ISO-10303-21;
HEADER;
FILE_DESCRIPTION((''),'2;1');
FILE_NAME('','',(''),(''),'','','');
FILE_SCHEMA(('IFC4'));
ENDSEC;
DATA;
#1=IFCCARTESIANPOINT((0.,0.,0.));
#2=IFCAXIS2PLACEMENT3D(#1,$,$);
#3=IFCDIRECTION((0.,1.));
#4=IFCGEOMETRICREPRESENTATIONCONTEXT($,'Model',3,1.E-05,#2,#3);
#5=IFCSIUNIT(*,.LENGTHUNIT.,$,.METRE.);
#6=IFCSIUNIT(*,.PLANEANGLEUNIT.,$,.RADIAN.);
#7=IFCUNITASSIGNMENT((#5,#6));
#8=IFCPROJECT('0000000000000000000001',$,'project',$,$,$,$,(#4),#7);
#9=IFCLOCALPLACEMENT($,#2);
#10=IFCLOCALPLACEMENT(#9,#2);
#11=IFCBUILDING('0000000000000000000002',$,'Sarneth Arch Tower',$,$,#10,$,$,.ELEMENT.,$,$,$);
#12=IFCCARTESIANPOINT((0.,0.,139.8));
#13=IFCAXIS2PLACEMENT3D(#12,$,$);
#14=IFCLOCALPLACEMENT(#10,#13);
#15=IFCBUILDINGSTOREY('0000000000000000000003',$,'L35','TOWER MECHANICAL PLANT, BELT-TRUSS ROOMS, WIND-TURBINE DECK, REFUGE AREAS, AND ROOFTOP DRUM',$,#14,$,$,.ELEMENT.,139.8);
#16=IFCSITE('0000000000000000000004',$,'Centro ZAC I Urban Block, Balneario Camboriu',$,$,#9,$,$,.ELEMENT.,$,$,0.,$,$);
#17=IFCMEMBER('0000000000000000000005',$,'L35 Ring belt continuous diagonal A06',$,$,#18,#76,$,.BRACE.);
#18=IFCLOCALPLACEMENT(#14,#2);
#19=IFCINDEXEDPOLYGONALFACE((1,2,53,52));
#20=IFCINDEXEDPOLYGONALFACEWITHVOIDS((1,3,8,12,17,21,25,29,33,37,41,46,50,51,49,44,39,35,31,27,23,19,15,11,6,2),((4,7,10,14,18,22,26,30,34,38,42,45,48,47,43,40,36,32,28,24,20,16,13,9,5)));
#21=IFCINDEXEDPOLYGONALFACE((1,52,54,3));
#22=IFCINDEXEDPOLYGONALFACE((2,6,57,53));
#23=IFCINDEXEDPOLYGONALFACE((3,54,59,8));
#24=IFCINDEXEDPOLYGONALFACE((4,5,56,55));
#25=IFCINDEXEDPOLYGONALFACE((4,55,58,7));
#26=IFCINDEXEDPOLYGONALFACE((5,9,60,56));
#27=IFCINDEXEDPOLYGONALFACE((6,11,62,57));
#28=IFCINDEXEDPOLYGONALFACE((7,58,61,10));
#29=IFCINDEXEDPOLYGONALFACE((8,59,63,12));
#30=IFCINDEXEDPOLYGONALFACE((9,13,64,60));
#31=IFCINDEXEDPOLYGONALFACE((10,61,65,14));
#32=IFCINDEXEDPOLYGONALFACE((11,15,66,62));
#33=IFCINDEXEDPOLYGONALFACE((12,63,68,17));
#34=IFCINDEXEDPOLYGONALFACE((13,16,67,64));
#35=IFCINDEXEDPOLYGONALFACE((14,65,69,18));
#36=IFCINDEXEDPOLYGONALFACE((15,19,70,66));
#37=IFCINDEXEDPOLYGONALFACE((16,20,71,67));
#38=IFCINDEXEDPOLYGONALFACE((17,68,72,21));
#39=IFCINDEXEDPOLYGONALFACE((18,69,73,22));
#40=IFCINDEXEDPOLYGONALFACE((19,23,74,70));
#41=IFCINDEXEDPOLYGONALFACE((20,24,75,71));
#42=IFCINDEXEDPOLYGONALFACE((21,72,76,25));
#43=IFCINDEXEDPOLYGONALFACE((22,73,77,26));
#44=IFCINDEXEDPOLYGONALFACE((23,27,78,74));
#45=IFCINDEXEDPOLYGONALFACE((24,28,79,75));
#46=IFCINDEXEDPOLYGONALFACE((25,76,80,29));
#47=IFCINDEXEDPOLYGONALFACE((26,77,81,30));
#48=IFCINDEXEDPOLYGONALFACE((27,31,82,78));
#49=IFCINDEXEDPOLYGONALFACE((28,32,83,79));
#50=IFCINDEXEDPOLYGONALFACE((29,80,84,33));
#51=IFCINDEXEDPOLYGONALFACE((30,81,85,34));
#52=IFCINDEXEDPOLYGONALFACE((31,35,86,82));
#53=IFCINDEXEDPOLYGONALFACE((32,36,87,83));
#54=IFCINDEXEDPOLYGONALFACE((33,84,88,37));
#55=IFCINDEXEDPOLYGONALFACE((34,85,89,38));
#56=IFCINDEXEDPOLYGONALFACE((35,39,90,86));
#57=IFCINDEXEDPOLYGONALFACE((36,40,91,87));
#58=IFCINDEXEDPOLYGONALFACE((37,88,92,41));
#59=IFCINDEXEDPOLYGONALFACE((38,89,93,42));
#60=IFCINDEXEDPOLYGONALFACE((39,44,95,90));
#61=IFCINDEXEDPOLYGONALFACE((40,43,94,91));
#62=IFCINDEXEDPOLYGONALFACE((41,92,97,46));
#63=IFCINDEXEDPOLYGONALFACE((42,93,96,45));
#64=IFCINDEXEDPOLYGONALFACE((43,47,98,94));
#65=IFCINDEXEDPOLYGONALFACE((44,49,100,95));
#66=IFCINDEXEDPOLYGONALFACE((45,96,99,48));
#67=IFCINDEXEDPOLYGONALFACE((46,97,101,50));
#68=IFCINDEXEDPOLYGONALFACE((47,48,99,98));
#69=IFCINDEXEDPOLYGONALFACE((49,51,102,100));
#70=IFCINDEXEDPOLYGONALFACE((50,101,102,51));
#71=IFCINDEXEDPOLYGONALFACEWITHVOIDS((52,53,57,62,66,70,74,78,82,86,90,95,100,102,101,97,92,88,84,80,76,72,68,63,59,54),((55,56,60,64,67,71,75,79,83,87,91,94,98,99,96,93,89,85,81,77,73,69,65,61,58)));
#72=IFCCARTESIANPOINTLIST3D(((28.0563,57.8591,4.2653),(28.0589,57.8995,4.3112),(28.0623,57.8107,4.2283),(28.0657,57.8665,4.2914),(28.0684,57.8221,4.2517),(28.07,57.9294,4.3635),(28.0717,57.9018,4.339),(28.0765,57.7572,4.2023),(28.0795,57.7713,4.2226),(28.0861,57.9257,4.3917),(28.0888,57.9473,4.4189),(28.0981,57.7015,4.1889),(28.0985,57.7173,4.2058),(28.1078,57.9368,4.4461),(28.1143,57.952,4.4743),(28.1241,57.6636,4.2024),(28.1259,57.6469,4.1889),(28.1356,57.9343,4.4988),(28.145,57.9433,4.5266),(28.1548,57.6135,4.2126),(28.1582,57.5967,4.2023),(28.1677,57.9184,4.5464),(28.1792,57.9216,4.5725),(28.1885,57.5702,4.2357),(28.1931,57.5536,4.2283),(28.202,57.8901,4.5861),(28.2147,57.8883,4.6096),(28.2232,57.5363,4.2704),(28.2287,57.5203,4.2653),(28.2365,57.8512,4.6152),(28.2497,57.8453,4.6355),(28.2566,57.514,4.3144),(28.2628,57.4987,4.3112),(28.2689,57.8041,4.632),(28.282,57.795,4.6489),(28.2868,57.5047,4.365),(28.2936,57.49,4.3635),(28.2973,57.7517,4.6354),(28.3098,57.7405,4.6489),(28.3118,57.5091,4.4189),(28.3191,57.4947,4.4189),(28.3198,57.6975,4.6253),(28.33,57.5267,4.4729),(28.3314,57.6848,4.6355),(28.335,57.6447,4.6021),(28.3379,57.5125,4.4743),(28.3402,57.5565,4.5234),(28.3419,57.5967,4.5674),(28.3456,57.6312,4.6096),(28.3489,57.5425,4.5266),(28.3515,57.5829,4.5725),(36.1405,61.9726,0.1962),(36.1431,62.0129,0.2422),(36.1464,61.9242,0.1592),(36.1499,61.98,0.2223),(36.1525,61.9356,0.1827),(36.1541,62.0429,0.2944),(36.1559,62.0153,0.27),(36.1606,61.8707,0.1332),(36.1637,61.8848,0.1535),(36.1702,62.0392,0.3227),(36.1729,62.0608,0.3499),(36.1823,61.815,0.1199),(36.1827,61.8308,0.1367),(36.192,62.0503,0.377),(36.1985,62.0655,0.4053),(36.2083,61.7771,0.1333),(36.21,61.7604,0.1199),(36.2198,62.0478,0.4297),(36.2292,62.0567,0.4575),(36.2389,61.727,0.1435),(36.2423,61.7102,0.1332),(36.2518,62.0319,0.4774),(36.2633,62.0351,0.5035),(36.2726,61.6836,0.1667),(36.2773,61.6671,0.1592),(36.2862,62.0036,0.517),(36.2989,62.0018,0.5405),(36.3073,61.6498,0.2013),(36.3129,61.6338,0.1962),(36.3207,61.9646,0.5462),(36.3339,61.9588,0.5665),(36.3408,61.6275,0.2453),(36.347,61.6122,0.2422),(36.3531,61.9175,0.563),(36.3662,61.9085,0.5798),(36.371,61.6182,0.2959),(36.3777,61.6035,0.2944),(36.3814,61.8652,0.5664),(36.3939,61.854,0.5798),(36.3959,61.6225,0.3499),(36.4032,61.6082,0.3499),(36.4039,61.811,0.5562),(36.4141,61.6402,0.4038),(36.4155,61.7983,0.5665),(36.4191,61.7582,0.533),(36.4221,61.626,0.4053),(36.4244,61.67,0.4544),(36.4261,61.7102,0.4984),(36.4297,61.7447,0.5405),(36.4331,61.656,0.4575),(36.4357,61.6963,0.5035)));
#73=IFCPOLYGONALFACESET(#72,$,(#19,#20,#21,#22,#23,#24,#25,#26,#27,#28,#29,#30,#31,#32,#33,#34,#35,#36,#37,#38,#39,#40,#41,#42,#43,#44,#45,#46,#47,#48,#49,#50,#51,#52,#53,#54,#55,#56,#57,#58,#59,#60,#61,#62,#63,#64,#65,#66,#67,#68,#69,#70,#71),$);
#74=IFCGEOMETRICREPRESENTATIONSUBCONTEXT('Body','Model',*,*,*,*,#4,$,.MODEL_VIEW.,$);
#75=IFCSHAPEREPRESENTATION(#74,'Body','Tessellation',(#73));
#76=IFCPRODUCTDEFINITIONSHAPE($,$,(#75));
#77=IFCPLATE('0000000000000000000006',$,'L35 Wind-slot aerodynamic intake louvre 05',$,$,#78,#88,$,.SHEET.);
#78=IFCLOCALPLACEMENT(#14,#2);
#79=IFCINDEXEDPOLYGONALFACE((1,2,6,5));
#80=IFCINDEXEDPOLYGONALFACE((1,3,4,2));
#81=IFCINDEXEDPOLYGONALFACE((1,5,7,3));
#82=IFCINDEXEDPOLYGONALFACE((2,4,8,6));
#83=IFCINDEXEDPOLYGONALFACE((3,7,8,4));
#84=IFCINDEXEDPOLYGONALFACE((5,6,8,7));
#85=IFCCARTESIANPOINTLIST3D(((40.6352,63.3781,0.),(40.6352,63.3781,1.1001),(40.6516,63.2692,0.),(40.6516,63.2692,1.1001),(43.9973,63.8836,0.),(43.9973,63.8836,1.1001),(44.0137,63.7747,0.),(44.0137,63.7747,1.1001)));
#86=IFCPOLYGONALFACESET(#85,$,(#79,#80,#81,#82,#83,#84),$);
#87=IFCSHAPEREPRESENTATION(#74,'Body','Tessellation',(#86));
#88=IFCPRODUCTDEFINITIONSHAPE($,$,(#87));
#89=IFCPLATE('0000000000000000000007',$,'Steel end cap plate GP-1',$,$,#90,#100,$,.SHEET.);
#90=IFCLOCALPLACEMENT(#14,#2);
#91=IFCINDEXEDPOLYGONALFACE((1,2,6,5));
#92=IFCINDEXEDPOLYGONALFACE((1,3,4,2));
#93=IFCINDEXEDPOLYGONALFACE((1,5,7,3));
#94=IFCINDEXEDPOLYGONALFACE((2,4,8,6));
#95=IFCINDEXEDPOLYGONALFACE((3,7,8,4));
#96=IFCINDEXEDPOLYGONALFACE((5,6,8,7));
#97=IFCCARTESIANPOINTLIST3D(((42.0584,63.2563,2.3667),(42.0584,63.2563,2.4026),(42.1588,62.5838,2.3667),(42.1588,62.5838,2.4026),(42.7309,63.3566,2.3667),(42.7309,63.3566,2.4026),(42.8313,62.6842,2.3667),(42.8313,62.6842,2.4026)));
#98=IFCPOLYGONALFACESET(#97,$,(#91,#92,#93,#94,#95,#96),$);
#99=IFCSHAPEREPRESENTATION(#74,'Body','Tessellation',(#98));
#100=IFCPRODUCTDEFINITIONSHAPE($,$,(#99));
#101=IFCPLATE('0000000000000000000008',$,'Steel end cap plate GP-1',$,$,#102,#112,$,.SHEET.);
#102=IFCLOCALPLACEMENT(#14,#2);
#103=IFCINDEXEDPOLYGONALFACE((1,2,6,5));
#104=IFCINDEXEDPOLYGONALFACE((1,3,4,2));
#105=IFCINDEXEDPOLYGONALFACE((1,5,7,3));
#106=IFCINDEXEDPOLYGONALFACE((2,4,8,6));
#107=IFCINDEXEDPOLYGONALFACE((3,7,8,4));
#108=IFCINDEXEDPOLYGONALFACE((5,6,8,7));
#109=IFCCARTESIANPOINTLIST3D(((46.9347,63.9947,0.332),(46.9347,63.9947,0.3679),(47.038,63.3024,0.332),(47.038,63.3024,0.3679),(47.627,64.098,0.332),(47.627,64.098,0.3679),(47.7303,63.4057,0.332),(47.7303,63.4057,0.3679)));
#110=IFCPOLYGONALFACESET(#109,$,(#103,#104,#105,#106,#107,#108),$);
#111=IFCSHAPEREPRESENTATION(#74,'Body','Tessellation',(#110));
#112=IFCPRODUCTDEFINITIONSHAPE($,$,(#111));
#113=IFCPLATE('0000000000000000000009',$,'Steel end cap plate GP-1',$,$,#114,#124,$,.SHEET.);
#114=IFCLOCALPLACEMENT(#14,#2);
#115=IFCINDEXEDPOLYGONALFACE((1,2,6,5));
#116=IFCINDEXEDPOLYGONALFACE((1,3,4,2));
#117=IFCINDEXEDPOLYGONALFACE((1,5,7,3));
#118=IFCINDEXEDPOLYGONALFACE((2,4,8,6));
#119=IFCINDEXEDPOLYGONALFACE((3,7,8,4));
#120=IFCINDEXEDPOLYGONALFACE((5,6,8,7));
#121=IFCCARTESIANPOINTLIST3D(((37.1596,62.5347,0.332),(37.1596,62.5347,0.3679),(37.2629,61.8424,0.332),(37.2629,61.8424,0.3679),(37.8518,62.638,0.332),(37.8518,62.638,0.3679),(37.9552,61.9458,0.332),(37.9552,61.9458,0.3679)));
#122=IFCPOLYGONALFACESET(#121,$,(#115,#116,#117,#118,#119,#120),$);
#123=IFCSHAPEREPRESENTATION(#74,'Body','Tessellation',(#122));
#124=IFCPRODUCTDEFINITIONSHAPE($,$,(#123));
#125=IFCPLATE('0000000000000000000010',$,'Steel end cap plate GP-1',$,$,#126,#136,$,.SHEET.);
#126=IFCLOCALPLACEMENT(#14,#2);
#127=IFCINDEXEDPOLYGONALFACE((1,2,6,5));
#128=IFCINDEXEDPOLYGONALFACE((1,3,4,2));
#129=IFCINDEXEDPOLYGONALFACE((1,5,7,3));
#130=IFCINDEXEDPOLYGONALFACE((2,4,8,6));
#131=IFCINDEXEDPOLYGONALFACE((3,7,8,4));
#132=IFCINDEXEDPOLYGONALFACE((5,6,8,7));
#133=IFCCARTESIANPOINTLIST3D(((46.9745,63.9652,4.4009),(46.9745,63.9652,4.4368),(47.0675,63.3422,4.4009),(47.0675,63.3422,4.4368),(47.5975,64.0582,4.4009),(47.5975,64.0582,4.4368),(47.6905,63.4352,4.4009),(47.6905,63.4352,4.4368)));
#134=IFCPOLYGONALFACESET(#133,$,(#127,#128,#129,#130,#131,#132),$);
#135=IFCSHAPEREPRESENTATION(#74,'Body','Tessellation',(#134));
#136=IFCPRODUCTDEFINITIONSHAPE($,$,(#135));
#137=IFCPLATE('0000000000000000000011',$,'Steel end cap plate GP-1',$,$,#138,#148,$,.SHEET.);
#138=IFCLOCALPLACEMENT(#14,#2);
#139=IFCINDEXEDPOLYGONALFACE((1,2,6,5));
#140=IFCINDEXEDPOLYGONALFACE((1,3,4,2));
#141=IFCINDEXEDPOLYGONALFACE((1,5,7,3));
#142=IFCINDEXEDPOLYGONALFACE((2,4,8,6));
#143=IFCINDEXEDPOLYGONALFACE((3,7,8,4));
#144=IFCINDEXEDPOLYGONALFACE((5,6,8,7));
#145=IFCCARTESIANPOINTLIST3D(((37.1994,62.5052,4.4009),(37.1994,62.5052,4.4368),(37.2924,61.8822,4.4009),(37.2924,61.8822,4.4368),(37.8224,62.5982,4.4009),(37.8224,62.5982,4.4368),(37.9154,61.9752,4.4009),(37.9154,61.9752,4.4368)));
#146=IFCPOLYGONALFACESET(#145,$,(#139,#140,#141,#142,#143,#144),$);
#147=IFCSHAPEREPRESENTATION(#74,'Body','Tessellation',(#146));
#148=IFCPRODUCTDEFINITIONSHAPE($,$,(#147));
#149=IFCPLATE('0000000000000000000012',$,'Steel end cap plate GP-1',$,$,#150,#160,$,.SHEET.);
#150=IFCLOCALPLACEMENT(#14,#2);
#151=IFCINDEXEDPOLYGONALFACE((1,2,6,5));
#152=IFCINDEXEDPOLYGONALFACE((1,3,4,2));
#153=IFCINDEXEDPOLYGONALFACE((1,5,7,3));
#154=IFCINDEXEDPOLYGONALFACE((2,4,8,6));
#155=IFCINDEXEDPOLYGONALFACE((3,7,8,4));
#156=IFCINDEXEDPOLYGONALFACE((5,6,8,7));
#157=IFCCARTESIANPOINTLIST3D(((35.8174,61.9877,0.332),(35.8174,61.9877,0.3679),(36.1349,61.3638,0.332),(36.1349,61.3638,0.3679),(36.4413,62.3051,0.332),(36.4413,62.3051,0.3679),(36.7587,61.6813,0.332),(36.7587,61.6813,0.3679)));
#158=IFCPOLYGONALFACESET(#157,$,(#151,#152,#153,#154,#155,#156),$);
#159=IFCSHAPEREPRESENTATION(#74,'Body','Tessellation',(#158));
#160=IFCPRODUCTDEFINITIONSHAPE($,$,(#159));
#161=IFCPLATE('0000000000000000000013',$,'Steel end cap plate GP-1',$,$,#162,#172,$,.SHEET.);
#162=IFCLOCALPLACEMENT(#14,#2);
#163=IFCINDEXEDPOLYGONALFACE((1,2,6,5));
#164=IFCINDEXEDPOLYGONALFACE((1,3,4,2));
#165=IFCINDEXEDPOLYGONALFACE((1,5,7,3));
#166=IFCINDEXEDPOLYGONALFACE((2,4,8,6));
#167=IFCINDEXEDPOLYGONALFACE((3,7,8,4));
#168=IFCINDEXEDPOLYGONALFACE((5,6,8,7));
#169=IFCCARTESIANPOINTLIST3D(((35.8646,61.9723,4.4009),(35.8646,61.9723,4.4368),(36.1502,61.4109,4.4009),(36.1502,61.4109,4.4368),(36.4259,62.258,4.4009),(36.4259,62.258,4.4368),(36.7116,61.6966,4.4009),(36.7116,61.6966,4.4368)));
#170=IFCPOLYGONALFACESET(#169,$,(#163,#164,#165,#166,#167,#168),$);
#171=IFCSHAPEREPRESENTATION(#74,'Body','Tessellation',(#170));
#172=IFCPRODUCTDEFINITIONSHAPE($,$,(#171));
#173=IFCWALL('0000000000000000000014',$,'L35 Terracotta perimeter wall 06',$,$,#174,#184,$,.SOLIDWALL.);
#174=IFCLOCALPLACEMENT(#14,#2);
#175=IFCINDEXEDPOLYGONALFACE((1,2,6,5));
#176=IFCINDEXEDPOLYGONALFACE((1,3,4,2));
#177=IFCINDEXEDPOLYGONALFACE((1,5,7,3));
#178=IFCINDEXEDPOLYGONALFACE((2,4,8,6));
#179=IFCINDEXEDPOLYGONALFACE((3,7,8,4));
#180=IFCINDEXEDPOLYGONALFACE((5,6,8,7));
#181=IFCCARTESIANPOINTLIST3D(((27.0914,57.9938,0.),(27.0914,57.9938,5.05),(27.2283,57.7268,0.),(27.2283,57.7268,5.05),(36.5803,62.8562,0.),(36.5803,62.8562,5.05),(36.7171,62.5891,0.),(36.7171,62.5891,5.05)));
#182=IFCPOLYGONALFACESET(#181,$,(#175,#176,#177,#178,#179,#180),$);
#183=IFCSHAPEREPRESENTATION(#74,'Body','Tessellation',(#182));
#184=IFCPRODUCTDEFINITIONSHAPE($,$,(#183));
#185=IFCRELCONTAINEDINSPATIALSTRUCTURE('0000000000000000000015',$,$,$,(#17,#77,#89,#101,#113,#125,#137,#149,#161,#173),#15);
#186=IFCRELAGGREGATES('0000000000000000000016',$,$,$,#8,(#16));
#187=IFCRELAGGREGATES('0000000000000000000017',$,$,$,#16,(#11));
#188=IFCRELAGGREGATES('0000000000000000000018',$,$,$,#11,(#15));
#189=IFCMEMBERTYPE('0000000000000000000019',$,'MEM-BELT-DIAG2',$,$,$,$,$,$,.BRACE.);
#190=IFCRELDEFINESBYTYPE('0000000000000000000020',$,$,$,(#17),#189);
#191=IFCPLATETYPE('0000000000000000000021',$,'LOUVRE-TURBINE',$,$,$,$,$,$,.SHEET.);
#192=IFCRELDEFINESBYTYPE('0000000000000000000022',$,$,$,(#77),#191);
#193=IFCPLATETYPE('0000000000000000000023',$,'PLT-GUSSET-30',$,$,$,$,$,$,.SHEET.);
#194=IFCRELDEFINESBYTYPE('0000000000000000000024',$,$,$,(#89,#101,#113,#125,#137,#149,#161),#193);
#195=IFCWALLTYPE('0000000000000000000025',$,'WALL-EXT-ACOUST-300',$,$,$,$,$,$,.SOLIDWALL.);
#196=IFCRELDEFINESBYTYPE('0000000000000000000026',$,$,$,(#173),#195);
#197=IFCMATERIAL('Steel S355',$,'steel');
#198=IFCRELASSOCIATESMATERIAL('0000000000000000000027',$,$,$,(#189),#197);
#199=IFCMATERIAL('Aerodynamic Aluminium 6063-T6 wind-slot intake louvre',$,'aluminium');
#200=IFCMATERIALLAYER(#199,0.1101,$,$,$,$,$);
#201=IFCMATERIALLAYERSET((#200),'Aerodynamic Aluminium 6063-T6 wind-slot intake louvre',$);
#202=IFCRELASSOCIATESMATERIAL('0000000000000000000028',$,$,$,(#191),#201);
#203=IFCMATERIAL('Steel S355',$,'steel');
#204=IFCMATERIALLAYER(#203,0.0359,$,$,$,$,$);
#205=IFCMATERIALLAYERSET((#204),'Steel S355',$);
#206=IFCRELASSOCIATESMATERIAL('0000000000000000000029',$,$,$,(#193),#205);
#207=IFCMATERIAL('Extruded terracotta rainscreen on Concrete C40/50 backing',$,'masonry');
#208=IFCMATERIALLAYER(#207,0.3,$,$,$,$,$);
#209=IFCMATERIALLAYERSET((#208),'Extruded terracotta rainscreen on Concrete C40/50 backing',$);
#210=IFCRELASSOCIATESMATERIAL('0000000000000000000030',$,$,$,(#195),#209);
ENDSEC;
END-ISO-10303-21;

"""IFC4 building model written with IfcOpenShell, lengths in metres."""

from ifc_helpers import new_model, si_unit, direction, frame, frame_2d, origin, origin_2d, place, context, subcontext, project, spatial, rectangle, hollow_circle, extrude, material, layer, layer_set, material_profile, profile_set, type_object, element, save


model = new_model("IFC4")

# Units and contexts
model_context = context("Model", 3, precision=1e-05, world=origin(), true_north=direction((0.0, 1.0)))
body_context = subcontext(model_context, "Body", "Model", "MODEL_VIEW")
ifc_project = project(units=[si_unit("LENGTHUNIT", "METRE"), si_unit("PLANEANGLEUNIT", "RADIAN")], contexts=[model_context])

# Site, building, storey
site_placement = place(None, origin())
site = spatial("IfcSite", under=ifc_project, at=site_placement, Name="Centro ZAC I Urban Block, Balneario Camboriu", CompositionType="ELEMENT", RefElevation=0.0)
building_placement = place(site_placement, origin())
building = spatial("IfcBuilding", under=site, at=building_placement, Name="Sarneth Arch Tower", CompositionType="ELEMENT")
storey_placement = place(building_placement, frame((0.0, 0.0, 139.8)))
storey = spatial("IfcBuildingStorey", under=building, at=storey_placement, Name="L35", Description="TOWER MECHANICAL PLANT, BELT-TRUSS ROOMS, WIND-TURBINE DECK, REFUGE AREAS, AND ROOFTOP DRUM", CompositionType="ELEMENT", Elevation=139.8)

# Member
ifc_material_1 = material(Name="Steel S355", Category="steel")
ifc_material_profile_1 = material_profile(ifc_material_1, hollow_circle(Radius=0.2539, WallThickness=0.0161, at=origin_2d()), Name="CHS508x16")
ifc_profile_set_1 = profile_set([ifc_material_profile_1], Name="Steel S355")
member_type_1 = type_object("IfcMemberType", Name="MEM-BELT-DIAG2", PredefinedType="BRACE", material=ifc_profile_set_1)
member_1_placement = place(storey_placement, frame((36.2881, 61.8345, 0.3499), z_axis=(-0.81318, -0.413773, 0.409304), x_axis=(0.453501, -0.891256, 0.0)))
element("IfcMember", 1, at=member_1_placement, inside=storey, type_object=member_type_1, Name="L35 Ring belt continuous diagonal A06", PredefinedType="BRACE", context=body_context, shape_type="SweptSolid", body=[
    extrude(hollow_circle(Radius=0.2539, WallThickness=0.0161, at=origin_2d()), origin(), (0.0, 0.0, 1.0), 9.9414),
])

# Plates
ifc_material_2 = material(Name="Aerodynamic Aluminium 6063-T6 wind-slot intake louvre", Category="aluminium")
ifc_layer_1 = layer(ifc_material_2, 0.1101)
ifc_layer_set_1 = layer_set([ifc_layer_1], Name="Aerodynamic Aluminium 6063-T6 wind-slot intake louvre")
plate_type_1 = type_object("IfcPlateType", Name="LOUVRE-TURBINE", PredefinedType="SHEET", material=ifc_layer_set_1)
plate_1_placement = place(storey_placement, frame((42.3245, 63.5764, 0.0), z_axis=(0.0, 0.0, 1.0), x_axis=(-0.988886, -0.148672, 0.0)))
element("IfcPlate", 2, at=plate_1_placement, inside=storey, type_object=plate_type_1, Name="L35 Wind-slot aerodynamic intake louvre 05", PredefinedType="SHEET", context=body_context, shape_type="SweptSolid", body=[
    extrude(rectangle(XDim=3.3999, YDim=0.1101, at=origin_2d()), origin(), (0.0, 0.0, 1.0), 1.1001),
])
ifc_material_3 = material(Name="Steel S355", Category="steel")
ifc_layer_2 = layer(ifc_material_3, 0.0359)
ifc_layer_set_2 = layer_set([ifc_layer_2], Name="Steel S355")
plate_type_2 = type_object("IfcPlateType", Name="PLT-GUSSET-30", PredefinedType="SHEET", material=ifc_layer_set_2)
plate_2_placement = place(storey_placement, frame((42.4448, 62.9702, 2.3667), z_axis=(0.0, 0.0, 1.0), x_axis=(-0.989042, -0.147637, 0.0)))
element("IfcPlate", 3, at=plate_2_placement, inside=storey, type_object=plate_type_2, Name="Steel end cap plate GP-1", PredefinedType="SHEET", context=body_context, shape_type="SweptSolid", body=[
    extrude(rectangle(XDim=0.6799, YDim=0.6799, at=origin_2d()), origin(), (0.0, 0.0, 1.0), 0.0359),
])
for number, where, z_axis, x_axis, name in (
    (4, (47.3325, 63.7002, 0.332), (0.0, 0.0, 1.0), (0.989042, 0.147637, 0.0), "Steel end cap plate GP-1"),
    (5, (37.5574, 62.2402, 0.332), (0.0, 0.0, 1.0), (-0.989042, -0.147637, 0.0), "Steel end cap plate GP-1"),
):
    element("IfcPlate", number, at=place(storey_placement, frame(where, z_axis=z_axis, x_axis=x_axis)), inside=storey, type_object=plate_type_2, Name=name, PredefinedType="SHEET", context=body_context, shape_type="SweptSolid", body=[
        extrude(rectangle(XDim=0.7, YDim=0.7, at=origin_2d()), origin(), (0.0, 0.0, 1.0), 0.0359),
    ])
for number, where, z_axis, x_axis, name in (
    (6, (47.3325, 63.7002, 4.4009), (0.0, 0.0, 1.0), (0.989042, 0.147637, 0.0), "Steel end cap plate GP-1"),
    (7, (37.5574, 62.2402, 4.4009), (0.0, 0.0, 1.0), (-0.989042, -0.147637, 0.0), "Steel end cap plate GP-1"),
):
    element("IfcPlate", number, at=place(storey_placement, frame(where, z_axis=z_axis, x_axis=x_axis)), inside=storey, type_object=plate_type_2, Name=name, PredefinedType="SHEET", context=body_context, shape_type="SweptSolid", body=[
        extrude(rectangle(XDim=0.6299, YDim=0.6299, at=origin_2d()), origin(), (0.0, 0.0, 1.0), 0.0359),
    ])
plate_3_placement = place(storey_placement, frame((36.2881, 61.8345, 0.332), z_axis=(0.0, 0.0, 1.0), x_axis=(0.891244, 0.453524, 0.0)))
element("IfcPlate", 8, at=plate_3_placement, inside=storey, type_object=plate_type_2, Name="Steel end cap plate GP-1", PredefinedType="SHEET", context=body_context, shape_type="SweptSolid", body=[
    extrude(rectangle(XDim=0.7, YDim=0.7, at=origin_2d()), origin(), (0.0, 0.0, 1.0), 0.0359),
])
plate_4_placement = place(storey_placement, frame((36.2881, 61.8345, 4.4009), z_axis=(0.0, 0.0, 1.0), x_axis=(0.891244, 0.453524, 0.0)))
element("IfcPlate", 9, at=plate_4_placement, inside=storey, type_object=plate_type_2, Name="Steel end cap plate GP-1", PredefinedType="SHEET", context=body_context, shape_type="SweptSolid", body=[
    extrude(rectangle(XDim=0.6299, YDim=0.6299, at=origin_2d()), origin(), (0.0, 0.0, 1.0), 0.0359),
])

# Wall
ifc_material_4 = material(Name="Extruded terracotta rainscreen on Concrete C40/50 backing", Category="masonry")
ifc_layer_3 = layer(ifc_material_4, 0.3)
ifc_layer_set_3 = layer_set([ifc_layer_3], Name="Extruded terracotta rainscreen on Concrete C40/50 backing")
wall_type = type_object("IfcWallType", Name="WALL-EXT-ACOUST-300", PredefinedType="SOLIDWALL", material=ifc_layer_set_3)
wall_placement = place(storey_placement, frame((36.6487, 62.7227, 0.0), z_axis=(0.0, 0.0, 1.0), x_axis=(-0.88996, -0.45604, 0.0)))
element("IfcWall", 10, at=wall_placement, inside=storey, type_object=wall_type, Name="L35 Terracotta perimeter wall 06", PredefinedType="SOLIDWALL", context=body_context, shape_type="SweptSolid", body=[
    extrude(rectangle(XDim=10.6621, YDim=0.3, at=frame_2d((5.3311, 0.0))), origin(), (0.0, 0.0, 1.0), 5.05),
])

save(model, "model.ifc")
